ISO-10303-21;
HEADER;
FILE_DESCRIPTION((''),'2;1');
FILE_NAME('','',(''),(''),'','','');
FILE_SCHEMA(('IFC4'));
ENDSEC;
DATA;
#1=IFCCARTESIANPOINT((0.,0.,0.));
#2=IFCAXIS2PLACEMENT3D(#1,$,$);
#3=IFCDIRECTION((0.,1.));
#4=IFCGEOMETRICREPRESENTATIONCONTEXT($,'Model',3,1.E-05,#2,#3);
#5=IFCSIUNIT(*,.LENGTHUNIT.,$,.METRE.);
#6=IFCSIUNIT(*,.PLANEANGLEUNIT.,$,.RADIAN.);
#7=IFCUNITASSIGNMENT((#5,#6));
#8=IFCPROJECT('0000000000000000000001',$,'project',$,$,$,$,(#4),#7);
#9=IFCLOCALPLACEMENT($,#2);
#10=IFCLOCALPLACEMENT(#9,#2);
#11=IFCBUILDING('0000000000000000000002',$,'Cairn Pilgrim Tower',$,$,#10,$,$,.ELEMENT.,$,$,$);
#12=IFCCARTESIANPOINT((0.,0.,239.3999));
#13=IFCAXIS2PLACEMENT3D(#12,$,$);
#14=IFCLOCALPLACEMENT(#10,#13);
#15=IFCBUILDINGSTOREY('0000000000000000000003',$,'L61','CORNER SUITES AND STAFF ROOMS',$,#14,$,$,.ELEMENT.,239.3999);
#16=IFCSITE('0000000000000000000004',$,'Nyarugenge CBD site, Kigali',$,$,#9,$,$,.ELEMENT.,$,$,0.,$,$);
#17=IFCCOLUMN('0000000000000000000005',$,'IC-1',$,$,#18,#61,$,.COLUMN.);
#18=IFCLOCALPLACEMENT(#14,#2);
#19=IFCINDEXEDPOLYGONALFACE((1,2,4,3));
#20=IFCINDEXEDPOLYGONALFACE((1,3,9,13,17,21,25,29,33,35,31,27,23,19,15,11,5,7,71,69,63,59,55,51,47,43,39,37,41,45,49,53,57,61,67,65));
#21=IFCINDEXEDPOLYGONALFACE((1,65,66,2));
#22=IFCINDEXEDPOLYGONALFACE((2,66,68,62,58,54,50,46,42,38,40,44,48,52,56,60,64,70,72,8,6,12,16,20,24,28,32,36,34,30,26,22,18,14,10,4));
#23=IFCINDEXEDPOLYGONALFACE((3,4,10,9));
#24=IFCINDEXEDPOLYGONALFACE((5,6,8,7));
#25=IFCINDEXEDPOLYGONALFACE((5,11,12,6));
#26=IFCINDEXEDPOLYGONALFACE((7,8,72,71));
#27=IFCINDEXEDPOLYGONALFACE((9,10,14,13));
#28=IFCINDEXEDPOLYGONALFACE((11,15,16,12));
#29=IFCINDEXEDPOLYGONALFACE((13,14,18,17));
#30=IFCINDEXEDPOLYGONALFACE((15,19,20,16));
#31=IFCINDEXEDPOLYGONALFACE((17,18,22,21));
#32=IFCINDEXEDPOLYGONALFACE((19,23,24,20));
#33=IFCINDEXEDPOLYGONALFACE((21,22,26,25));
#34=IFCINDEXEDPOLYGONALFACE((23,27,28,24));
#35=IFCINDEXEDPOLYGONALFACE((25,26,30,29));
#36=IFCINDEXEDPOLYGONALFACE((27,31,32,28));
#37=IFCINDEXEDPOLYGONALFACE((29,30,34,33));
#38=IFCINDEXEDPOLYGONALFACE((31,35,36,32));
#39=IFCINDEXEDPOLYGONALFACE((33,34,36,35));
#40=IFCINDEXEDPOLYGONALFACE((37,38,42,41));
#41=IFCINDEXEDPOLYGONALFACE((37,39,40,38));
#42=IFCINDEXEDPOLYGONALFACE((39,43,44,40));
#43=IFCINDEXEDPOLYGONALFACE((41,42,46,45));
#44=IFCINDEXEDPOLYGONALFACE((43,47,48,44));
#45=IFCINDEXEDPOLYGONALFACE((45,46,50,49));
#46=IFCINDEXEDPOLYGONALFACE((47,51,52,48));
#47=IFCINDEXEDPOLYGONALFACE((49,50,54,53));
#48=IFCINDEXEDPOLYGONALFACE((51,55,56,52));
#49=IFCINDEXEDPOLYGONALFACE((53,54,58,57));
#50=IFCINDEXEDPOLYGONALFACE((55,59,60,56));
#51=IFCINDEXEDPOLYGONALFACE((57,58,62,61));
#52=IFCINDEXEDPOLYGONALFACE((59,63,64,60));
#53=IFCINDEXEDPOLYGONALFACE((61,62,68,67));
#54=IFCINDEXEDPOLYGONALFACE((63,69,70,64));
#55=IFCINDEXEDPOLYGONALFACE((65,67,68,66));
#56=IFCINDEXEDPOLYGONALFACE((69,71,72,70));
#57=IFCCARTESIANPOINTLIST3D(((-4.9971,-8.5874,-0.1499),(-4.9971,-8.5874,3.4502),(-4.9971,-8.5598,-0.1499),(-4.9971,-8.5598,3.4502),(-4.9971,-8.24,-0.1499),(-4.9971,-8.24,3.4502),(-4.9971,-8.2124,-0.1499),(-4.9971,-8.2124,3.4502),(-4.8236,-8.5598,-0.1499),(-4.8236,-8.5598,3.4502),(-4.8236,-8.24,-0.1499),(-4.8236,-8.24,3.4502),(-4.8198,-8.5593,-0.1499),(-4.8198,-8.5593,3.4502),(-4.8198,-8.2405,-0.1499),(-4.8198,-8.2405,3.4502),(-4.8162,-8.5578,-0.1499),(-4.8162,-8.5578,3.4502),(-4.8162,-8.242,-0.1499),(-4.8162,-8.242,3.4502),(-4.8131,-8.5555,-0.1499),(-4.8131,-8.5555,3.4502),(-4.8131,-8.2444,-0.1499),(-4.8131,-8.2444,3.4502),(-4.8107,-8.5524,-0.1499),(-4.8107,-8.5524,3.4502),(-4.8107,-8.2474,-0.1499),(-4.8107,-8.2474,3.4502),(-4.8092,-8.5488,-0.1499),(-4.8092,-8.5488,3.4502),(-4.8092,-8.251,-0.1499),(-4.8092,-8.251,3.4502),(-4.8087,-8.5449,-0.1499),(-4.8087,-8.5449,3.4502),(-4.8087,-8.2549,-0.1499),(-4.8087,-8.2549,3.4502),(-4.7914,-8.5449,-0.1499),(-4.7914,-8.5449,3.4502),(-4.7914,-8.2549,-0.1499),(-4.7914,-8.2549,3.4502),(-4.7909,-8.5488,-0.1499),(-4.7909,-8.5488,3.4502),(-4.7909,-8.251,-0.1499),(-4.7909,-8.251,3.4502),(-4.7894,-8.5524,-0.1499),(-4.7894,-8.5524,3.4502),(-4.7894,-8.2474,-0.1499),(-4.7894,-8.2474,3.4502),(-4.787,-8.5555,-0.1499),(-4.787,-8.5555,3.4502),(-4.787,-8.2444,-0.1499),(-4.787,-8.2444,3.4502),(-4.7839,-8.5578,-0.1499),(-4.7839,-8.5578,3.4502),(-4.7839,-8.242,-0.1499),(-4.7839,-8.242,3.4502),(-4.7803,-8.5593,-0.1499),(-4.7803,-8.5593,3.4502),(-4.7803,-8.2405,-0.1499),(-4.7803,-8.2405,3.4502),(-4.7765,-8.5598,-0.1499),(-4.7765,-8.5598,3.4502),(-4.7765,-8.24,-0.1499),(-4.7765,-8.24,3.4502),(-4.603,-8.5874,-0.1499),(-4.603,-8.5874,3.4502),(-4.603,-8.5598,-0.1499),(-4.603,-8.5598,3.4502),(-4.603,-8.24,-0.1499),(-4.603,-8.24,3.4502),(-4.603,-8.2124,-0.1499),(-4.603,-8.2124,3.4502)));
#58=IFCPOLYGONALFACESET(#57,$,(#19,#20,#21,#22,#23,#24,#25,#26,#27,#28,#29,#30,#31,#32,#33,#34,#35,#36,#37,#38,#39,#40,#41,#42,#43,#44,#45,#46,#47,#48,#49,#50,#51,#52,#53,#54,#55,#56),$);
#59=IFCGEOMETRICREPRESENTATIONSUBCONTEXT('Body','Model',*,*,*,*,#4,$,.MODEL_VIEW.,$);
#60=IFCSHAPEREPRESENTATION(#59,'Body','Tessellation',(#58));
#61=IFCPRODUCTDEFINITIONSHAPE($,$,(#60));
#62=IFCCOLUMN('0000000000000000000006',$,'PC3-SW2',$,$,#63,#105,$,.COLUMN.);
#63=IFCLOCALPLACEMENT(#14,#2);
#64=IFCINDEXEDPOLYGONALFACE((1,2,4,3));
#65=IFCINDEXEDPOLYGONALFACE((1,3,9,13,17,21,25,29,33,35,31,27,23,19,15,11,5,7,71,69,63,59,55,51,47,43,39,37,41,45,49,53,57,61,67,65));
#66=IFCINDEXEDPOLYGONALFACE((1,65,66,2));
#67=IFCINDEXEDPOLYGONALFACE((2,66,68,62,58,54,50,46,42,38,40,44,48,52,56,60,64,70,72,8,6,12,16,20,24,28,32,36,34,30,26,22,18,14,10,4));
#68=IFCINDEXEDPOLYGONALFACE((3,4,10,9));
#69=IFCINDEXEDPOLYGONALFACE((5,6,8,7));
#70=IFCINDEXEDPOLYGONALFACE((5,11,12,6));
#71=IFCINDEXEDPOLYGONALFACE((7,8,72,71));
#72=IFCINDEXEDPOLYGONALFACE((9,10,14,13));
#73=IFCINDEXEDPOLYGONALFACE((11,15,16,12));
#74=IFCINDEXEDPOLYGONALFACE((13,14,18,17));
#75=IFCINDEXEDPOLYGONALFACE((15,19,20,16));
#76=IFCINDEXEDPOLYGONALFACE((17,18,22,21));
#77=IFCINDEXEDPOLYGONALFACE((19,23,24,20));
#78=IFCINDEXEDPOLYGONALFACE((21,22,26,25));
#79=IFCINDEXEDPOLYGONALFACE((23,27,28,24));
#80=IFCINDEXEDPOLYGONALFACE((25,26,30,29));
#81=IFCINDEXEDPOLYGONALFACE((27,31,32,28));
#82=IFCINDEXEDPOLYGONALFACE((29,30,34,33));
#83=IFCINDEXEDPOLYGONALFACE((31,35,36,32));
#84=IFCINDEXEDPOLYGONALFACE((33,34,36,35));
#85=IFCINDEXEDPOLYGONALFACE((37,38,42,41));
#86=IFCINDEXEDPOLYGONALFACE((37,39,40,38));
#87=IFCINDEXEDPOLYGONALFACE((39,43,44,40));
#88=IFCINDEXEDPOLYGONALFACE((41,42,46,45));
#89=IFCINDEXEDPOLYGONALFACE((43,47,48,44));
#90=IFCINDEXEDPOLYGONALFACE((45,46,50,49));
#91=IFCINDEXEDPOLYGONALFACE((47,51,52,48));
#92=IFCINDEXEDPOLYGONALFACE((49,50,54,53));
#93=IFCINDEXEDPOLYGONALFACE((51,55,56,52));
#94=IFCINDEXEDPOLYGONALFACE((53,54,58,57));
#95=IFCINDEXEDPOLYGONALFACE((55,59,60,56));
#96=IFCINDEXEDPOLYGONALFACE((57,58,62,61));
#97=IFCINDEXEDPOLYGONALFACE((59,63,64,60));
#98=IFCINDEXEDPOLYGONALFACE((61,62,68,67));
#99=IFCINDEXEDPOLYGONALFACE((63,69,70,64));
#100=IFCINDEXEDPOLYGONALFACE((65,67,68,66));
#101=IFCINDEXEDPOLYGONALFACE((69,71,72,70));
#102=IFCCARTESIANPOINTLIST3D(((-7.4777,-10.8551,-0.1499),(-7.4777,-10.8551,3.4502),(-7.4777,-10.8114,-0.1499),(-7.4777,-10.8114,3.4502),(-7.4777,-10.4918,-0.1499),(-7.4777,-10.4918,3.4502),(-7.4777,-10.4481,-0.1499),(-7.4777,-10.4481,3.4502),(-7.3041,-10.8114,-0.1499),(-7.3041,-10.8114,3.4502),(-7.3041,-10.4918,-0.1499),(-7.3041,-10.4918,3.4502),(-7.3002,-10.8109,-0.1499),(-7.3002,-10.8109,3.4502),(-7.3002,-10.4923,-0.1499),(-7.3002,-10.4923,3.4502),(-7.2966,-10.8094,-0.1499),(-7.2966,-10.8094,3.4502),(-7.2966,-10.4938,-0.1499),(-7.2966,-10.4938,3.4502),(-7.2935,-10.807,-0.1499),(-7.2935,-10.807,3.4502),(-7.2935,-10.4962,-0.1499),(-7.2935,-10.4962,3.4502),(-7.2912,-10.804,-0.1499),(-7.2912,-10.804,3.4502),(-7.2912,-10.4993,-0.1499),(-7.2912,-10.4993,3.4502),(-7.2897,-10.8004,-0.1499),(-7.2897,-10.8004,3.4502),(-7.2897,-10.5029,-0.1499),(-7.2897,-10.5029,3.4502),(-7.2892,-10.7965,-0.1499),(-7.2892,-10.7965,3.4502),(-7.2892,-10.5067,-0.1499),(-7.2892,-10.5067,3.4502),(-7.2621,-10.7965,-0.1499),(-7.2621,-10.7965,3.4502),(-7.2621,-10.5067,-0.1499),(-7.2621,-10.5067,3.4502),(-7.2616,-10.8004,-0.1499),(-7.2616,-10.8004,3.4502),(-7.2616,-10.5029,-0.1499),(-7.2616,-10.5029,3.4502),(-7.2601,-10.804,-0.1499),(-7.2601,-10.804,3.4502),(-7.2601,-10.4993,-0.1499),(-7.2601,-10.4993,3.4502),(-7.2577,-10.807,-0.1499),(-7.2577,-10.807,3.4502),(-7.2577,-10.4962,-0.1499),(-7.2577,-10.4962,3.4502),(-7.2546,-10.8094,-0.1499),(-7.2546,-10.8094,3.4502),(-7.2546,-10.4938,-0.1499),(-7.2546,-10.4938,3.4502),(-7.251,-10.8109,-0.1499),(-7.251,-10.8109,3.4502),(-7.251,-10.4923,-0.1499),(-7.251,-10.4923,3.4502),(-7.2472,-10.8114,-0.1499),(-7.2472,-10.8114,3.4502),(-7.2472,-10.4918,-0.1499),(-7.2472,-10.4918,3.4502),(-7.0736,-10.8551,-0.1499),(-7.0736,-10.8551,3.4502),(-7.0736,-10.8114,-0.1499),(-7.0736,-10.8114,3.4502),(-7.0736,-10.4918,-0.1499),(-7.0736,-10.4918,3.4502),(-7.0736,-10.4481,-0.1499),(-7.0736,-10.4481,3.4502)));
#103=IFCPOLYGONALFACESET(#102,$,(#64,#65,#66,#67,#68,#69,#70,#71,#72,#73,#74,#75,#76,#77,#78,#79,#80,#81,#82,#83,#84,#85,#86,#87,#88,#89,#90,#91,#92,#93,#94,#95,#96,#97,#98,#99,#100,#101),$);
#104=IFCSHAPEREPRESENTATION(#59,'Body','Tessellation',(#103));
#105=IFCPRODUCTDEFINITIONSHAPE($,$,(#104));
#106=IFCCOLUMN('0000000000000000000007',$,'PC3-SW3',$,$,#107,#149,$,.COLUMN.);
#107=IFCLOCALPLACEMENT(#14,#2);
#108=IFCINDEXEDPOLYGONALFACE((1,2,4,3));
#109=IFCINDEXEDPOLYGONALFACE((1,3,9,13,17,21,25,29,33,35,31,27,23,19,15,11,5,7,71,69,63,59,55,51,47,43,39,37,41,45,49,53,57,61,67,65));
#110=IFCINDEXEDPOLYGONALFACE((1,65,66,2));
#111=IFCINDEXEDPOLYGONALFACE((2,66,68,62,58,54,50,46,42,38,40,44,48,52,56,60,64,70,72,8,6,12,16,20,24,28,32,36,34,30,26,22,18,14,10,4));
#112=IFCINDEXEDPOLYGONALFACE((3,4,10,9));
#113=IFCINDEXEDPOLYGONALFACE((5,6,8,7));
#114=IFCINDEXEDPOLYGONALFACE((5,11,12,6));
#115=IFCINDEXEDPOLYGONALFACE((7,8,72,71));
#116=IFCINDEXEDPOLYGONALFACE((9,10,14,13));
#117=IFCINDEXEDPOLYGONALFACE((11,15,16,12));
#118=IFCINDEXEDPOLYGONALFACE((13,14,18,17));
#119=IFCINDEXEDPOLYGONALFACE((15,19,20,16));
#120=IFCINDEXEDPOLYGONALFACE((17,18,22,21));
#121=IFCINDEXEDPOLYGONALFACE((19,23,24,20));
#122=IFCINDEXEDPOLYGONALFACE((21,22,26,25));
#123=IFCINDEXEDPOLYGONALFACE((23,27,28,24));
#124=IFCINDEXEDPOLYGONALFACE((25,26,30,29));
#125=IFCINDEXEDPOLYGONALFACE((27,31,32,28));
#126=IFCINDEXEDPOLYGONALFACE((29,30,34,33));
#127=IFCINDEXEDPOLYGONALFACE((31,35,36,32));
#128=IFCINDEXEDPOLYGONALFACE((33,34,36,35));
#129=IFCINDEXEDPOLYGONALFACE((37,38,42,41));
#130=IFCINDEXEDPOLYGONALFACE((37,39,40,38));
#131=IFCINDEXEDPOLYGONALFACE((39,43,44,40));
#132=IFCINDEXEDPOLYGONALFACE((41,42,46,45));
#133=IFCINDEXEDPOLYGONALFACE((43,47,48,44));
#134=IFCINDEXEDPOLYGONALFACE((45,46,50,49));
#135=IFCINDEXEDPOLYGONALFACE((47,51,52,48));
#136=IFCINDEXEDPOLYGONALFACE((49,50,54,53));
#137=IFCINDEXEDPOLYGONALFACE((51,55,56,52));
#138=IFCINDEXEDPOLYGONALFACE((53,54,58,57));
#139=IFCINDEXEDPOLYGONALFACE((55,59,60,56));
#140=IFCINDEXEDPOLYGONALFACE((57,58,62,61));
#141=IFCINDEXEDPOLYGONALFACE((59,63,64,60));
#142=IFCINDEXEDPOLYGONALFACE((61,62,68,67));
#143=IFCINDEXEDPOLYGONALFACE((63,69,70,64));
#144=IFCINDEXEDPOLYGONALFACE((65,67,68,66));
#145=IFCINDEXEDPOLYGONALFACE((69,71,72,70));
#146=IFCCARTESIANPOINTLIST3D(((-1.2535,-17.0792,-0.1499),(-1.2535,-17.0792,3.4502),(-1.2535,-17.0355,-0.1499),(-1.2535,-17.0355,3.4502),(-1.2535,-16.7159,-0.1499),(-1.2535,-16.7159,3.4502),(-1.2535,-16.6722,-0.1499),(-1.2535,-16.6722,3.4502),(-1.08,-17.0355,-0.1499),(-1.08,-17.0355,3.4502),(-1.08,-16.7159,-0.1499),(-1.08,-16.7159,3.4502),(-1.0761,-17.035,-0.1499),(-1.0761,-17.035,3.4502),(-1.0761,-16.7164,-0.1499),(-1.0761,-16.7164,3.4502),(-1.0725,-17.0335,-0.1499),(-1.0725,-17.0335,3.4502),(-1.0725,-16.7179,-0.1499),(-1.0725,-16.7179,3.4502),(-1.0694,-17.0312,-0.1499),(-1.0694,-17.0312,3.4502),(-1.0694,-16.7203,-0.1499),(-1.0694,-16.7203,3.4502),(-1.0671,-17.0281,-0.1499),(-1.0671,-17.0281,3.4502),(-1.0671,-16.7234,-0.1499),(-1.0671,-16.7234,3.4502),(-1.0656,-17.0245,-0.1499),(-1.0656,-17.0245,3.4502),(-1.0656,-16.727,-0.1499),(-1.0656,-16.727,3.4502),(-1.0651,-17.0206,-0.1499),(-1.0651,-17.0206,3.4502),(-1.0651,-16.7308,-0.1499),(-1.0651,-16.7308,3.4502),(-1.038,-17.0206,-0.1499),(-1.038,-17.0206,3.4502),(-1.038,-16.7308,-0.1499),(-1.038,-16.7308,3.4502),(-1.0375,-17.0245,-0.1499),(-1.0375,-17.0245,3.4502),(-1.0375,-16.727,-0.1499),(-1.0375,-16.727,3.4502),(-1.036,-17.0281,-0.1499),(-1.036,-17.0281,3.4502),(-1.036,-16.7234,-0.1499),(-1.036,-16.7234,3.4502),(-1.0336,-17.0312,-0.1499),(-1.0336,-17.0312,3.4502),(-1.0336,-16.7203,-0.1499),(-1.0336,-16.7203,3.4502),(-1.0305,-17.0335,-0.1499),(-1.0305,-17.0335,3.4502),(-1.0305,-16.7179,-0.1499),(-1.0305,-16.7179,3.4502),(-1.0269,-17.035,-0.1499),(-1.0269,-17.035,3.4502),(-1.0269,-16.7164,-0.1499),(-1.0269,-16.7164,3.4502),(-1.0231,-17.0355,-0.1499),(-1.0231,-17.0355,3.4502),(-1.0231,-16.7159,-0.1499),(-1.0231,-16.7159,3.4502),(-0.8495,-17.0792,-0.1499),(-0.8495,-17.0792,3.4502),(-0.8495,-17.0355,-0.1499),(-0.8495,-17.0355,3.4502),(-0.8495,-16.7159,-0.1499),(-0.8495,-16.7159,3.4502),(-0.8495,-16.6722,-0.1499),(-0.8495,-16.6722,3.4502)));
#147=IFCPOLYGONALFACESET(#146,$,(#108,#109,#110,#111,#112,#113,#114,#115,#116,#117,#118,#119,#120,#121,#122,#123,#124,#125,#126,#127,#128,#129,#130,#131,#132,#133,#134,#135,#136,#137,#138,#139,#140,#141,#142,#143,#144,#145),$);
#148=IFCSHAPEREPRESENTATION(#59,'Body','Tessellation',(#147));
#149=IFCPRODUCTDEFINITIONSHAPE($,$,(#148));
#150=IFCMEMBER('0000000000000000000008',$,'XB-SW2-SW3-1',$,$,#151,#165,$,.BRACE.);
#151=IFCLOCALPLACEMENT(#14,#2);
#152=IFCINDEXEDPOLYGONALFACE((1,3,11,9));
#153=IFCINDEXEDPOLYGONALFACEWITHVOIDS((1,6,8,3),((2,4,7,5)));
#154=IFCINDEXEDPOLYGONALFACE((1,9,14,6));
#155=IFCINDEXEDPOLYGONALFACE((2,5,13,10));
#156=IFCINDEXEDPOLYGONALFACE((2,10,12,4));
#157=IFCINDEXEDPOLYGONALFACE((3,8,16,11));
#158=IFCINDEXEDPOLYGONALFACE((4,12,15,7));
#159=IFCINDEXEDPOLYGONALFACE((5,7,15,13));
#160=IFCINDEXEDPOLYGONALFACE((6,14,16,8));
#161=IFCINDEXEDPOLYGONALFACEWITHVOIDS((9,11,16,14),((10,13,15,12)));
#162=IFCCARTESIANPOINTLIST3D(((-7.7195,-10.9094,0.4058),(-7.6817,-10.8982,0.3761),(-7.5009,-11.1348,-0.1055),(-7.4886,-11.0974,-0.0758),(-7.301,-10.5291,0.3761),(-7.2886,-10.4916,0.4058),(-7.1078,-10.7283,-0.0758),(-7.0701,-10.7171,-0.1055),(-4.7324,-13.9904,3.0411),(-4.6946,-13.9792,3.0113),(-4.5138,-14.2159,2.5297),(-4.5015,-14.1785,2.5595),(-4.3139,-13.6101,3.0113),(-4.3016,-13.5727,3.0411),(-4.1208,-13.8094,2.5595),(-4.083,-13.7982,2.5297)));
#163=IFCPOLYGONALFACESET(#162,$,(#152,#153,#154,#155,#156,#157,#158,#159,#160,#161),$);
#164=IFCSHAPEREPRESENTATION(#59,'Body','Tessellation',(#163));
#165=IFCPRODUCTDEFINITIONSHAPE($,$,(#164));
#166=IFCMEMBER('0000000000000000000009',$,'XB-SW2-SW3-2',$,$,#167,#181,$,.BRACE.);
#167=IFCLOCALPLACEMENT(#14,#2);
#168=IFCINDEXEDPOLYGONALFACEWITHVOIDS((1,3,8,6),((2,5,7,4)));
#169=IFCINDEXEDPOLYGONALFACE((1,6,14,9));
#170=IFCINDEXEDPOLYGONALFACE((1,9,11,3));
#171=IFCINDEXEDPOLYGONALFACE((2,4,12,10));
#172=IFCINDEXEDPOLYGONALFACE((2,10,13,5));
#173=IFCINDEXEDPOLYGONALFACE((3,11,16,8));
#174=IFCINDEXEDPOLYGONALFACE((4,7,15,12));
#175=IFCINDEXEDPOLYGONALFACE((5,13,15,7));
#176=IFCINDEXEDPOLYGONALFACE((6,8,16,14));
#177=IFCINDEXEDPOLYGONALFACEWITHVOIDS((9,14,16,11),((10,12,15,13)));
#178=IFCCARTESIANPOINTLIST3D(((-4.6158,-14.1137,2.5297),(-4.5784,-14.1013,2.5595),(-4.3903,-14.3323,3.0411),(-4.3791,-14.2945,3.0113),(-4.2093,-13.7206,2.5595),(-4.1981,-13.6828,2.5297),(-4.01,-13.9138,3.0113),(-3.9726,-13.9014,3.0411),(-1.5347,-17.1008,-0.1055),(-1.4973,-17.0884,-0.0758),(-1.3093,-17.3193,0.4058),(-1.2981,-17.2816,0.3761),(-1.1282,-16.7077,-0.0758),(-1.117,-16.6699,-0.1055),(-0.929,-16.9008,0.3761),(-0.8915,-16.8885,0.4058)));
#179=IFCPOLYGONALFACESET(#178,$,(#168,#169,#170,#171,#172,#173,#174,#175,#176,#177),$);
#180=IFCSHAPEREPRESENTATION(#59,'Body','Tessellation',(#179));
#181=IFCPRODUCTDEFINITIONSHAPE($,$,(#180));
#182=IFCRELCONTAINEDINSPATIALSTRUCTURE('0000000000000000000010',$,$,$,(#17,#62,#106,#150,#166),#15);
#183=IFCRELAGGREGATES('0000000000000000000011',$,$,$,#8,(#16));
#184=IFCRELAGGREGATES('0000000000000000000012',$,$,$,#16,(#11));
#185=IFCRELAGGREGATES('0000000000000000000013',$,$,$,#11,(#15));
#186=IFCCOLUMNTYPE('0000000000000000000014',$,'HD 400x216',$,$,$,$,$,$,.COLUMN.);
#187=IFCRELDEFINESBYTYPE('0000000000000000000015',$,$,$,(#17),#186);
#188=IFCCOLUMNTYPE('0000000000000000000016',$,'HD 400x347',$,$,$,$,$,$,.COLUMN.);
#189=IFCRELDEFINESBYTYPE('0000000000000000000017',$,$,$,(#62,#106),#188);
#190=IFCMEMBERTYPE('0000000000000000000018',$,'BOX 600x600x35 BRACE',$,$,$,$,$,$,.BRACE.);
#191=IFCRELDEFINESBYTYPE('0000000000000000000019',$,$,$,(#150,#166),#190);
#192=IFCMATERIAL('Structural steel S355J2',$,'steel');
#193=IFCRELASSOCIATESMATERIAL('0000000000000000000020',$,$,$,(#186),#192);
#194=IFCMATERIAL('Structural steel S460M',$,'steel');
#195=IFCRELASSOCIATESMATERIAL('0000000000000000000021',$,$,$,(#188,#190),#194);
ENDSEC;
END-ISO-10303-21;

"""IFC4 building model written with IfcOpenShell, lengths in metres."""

from ifc_helpers import new_model, si_unit, direction, frame, origin, origin_2d, place, context, subcontext, project, spatial, hollow_rectangle, i_section, extrude, material, material_profile, profile_set, type_object, element, save


model = new_model("IFC4")

# Units and contexts
model_context = context("Model", 3, precision=1e-05, world=origin(), true_north=direction((0.0, 1.0)))
body_context = subcontext(model_context, "Body", "Model", "MODEL_VIEW")
ifc_project = project(units=[si_unit("LENGTHUNIT", "METRE"), si_unit("PLANEANGLEUNIT", "RADIAN")], contexts=[model_context])

# Site, building, storey
site_placement = place(None, origin())
site = spatial("IfcSite", under=ifc_project, at=site_placement, Name="Nyarugenge CBD site, Kigali", CompositionType="ELEMENT", RefElevation=0.0)
building_placement = place(site_placement, origin())
building = spatial("IfcBuilding", under=site, at=building_placement, Name="Cairn Pilgrim Tower", CompositionType="ELEMENT")
storey_placement = place(building_placement, frame((0.0, 0.0, 239.3999)))
storey = spatial("IfcBuildingStorey", under=building, at=storey_placement, Name="L61", Description="CORNER SUITES AND STAFF ROOMS", CompositionType="ELEMENT", Elevation=239.3999)

# Columns
ifc_material_1 = material(Name="Structural steel S355J2", Category="steel")
ifc_material_profile_1 = material_profile(ifc_material_1, i_section(OverallWidth=0.394, OverallDepth=0.375, WebThickness=0.0173, FlangeThickness=0.0276, FilletRadius=0.0149, at=origin_2d()), Name="HD 400x216")
ifc_profile_set_1 = profile_set([ifc_material_profile_1], Name="Structural steel S355J2")
column_type_1 = type_object("IfcColumnType", Name="HD 400x216", PredefinedType="COLUMN", material=ifc_profile_set_1)
column_placement = place(storey_placement, frame((-4.8, -8.3999, -0.1499), z_axis=(0.0, 0.0, 1.0), x_axis=(1.0, 0.0, 0.0)))
element("IfcColumn", 1, at=column_placement, inside=storey, type_object=column_type_1, Name="IC-1", PredefinedType="COLUMN", context=body_context, shape_type="SweptSolid", body=[
    extrude(i_section(OverallWidth=0.394, OverallDepth=0.375, WebThickness=0.0173, FlangeThickness=0.0276, FilletRadius=0.0149, at=origin_2d()), origin(), (0.0, 0.0, 1.0), 3.6001),
])
ifc_material_2 = material(Name="Structural steel S460M", Category="steel")
ifc_material_profile_2 = material_profile(ifc_material_2, i_section(OverallWidth=0.4041, OverallDepth=0.407, WebThickness=0.0271, FlangeThickness=0.0437, FilletRadius=0.0149, at=origin_2d()), Name="HD 400x347")
ifc_profile_set_2 = profile_set([ifc_material_profile_2], Name="Structural steel S460M")
column_type_2 = type_object("IfcColumnType", Name="HD 400x347", PredefinedType="COLUMN", material=ifc_profile_set_2)
for number, where, z_axis, x_axis, name in (
    (2, (-7.2756, -10.6516, -0.1499), (0.0, 0.0, 1.0), (1.0, 0.0, 0.0), "PC3-SW2"),
    (3, (-1.0515, -16.8757, -0.1499), (0.0, 0.0, 1.0), (1.0, 0.0, 0.0), "PC3-SW3"),
):
    element("IfcColumn", number, at=place(storey_placement, frame(where, z_axis=z_axis, x_axis=x_axis)), inside=storey, type_object=column_type_2, Name=name, PredefinedType="COLUMN", context=body_context, shape_type="SweptSolid", body=[
        extrude(i_section(OverallWidth=0.4041, OverallDepth=0.407, WebThickness=0.0271, FlangeThickness=0.0437, FilletRadius=0.0149, at=origin_2d()), origin(), (0.0, 0.0, 1.0), 3.6001),
    ])

# Members
ifc_material_profile_3 = material_profile(ifc_material_2, hollow_rectangle(XDim=0.6001, YDim=0.6001, WallThickness=0.0349, at=origin_2d()), Name="BOX 600x600x35")
ifc_profile_set_3 = profile_set([ifc_material_profile_3], Name="Structural steel S460M")
member_type_1 = type_object("IfcMemberType", Name="BOX 600x600x35 BRACE", PredefinedType="BRACE", material=ifc_profile_set_3)
for number, where, z_axis, x_axis, name in (
    (4, (-7.3948, -10.8132, 0.1501), (0.593157, -0.611822, 0.523297), (0.717974, 0.69607, 0.0), "XB-SW2-SW3-1"),
    (5, (-1.2131, -16.9946, 0.1501), (-0.611822, 0.593157, 0.523297), (-0.69607, -0.717974, 0.0), "XB-SW2-SW3-2"),
):
    element("IfcMember", number, at=place(storey_placement, frame(where, z_axis=z_axis, x_axis=x_axis)), inside=storey, type_object=member_type_1, Name=name, PredefinedType="BRACE", context=body_context, shape_type="SweptSolid", body=[
        extrude(hollow_rectangle(XDim=0.6001, YDim=0.6001, WallThickness=0.0349, at=origin_2d()), origin(), (0.0, 0.0, 1.0), 5.0359),
    ])

save(model, "model.ifc")
